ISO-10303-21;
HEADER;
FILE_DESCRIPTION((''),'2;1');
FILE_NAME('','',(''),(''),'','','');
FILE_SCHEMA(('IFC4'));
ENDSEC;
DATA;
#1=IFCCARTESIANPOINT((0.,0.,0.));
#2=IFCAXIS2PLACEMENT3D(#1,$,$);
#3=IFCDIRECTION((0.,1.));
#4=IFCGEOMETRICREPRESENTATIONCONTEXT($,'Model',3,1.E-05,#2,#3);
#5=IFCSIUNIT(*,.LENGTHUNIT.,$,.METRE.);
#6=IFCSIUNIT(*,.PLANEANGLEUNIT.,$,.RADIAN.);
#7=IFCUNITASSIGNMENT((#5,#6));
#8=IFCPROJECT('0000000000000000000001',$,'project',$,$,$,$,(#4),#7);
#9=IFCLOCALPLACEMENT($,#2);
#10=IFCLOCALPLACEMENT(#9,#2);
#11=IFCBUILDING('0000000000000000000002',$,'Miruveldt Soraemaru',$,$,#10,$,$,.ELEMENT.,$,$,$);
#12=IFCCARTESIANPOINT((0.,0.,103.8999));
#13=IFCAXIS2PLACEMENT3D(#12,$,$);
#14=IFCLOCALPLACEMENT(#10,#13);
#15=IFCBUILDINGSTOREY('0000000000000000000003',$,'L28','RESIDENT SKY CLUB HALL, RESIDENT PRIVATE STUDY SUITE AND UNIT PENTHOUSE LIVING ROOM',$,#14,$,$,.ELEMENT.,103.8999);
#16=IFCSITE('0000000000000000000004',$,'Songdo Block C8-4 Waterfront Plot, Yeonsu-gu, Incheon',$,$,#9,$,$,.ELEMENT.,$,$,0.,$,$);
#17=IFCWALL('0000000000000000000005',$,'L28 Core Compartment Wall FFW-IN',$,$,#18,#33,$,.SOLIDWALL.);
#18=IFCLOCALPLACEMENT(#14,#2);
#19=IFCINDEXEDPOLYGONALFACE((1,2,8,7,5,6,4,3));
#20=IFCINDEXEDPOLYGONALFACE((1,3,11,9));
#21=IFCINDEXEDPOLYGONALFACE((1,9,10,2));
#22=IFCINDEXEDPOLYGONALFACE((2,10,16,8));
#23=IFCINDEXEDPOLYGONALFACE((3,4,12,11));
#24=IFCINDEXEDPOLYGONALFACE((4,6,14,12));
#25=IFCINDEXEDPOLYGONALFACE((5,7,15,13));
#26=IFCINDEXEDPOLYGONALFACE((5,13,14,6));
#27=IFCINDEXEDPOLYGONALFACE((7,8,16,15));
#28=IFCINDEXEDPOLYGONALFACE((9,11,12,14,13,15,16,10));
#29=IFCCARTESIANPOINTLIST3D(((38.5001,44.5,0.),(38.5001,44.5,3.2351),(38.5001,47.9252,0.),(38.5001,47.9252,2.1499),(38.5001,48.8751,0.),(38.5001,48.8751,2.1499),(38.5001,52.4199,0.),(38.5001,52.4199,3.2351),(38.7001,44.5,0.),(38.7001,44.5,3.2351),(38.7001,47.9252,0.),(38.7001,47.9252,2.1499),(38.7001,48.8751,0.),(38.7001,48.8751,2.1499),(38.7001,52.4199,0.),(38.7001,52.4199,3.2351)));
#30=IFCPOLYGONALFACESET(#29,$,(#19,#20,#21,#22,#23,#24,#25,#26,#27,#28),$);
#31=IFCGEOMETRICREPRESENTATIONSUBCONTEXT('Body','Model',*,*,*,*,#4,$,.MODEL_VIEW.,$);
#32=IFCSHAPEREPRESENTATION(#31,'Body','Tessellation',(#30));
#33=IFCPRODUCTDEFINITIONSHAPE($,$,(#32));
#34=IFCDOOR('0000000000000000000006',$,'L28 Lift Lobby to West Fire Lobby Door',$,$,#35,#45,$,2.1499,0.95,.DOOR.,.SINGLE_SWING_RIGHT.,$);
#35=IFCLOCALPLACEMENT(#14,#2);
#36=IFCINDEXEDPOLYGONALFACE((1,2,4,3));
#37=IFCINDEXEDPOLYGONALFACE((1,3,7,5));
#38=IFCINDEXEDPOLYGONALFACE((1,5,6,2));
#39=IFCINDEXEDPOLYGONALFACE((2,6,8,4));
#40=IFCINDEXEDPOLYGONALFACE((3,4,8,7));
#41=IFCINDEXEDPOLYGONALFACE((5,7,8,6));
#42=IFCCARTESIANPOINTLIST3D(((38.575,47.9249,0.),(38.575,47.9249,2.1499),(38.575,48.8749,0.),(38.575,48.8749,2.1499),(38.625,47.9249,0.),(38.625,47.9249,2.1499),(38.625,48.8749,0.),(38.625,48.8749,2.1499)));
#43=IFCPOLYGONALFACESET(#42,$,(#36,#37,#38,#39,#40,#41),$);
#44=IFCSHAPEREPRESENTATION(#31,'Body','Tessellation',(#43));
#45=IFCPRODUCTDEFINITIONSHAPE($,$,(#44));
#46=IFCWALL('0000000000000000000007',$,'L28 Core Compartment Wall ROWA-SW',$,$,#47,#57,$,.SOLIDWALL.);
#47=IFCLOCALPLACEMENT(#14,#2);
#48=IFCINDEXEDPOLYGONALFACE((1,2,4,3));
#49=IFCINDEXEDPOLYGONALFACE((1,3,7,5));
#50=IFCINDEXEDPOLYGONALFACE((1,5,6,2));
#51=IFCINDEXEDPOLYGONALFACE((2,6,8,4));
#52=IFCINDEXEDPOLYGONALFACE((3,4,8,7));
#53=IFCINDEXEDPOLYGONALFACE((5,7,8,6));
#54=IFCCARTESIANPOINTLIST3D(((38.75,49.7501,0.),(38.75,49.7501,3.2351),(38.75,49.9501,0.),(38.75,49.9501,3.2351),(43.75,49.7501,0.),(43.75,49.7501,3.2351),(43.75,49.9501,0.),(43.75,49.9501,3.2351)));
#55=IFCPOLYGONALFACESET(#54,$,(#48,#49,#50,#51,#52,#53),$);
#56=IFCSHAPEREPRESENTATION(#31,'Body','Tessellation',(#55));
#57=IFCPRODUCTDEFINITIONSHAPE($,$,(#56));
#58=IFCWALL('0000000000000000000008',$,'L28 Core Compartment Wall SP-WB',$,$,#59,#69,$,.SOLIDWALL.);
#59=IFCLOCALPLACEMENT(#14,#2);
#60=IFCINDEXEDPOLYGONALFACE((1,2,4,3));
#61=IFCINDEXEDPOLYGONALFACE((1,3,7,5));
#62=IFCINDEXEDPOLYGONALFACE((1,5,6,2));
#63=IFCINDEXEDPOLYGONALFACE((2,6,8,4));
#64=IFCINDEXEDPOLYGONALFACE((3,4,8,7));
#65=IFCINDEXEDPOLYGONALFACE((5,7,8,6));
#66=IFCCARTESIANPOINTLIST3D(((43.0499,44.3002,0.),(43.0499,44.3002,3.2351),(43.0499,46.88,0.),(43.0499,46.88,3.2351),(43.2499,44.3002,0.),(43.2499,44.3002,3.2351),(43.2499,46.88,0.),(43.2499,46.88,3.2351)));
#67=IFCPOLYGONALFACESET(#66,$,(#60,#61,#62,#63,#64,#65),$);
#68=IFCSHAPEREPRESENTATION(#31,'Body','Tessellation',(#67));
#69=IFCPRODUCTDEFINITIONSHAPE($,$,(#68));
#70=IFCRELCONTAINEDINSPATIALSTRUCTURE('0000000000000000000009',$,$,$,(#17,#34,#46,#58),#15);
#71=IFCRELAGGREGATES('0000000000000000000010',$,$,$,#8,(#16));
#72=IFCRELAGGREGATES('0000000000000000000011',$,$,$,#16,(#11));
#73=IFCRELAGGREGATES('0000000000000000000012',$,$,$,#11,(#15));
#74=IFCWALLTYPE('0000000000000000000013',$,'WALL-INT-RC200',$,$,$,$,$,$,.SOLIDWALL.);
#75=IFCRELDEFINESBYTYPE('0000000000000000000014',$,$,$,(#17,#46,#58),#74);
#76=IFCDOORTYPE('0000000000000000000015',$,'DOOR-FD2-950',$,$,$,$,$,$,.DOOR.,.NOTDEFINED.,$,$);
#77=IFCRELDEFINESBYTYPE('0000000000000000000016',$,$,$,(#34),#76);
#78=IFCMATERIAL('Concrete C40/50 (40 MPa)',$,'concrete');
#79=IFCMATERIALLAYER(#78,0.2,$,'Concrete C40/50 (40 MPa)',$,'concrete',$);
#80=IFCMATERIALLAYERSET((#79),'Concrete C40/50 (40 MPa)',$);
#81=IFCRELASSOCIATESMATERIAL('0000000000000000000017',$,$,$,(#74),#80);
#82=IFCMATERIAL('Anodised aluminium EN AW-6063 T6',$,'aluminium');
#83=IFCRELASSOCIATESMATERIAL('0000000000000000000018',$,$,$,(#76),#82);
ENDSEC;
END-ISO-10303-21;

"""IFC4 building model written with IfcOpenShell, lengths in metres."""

from ifc_helpers import new_model, si_unit, direction, frame, frame_2d, origin, place, context, subcontext, project, spatial, rectangle, extrude, material, layer, layer_set, type_object, element, fill, save


model = new_model("IFC4")

# Units and contexts
model_context = context("Model", 3, precision=1e-05, world=origin(), true_north=direction((0.0, 1.0)))
body_context = subcontext(model_context, "Body", "Model", "MODEL_VIEW")
ifc_project = project(units=[si_unit("LENGTHUNIT", "METRE"), si_unit("PLANEANGLEUNIT", "RADIAN")], contexts=[model_context])

# Site, building, storey
site_placement = place(None, origin())
site = spatial("IfcSite", under=ifc_project, at=site_placement, Name="Songdo Block C8-4 Waterfront Plot, Yeonsu-gu, Incheon", CompositionType="ELEMENT", RefElevation=0.0)
building_placement = place(site_placement, origin())
building = spatial("IfcBuilding", under=site, at=building_placement, Name="Miruveldt Soraemaru", CompositionType="ELEMENT")
storey_placement = place(building_placement, frame((0.0, 0.0, 103.8999)))
storey = spatial("IfcBuildingStorey", under=building, at=storey_placement, Name="L28", Description="RESIDENT SKY CLUB HALL, RESIDENT PRIVATE STUDY SUITE AND UNIT PENTHOUSE LIVING ROOM", CompositionType="ELEMENT", Elevation=103.8999)

# Shared definitions
ifc_material_1 = material(Name="Concrete C40/50 (40 MPa)", Category="concrete")

# Wall, opening, door
ifc_layer_1 = layer(ifc_material_1, 0.2, Name="Concrete C40/50 (40 MPa)", Category="concrete")
ifc_layer_set_1 = layer_set([ifc_layer_1], Name="Concrete C40/50 (40 MPa)")
wall_type_1 = type_object("IfcWallType", Name="WALL-INT-RC200", PredefinedType="SOLIDWALL", material=ifc_layer_set_1)
ifc_material_2 = material(Name="Anodised aluminium EN AW-6063 T6", Category="aluminium")
wall_1_placement = place(storey_placement, frame((38.6001, 44.5, 0.0), z_axis=(0.0, 0.0, 1.0), x_axis=(0.0, 1.0, 0.0)))
wall_1 = element("IfcWall", 1, at=wall_1_placement, inside=storey, type_object=wall_type_1, Name="L28 Core Compartment Wall FFW-IN", PredefinedType="SOLIDWALL", context=body_context, shape_type="SweptSolid", body=[
    extrude(rectangle(XDim=7.9199, YDim=0.2, at=frame_2d((3.96, 0.0))), origin(), (0.0, 0.0, 1.0), 3.2351),
])
opening_1_placement = place(wall_1_placement, frame((3.425, 0.0, 0.0)))
opening_1 = element("IfcOpeningElement", 2, at=opening_1_placement, cuts=wall_1, PredefinedType="OPENING", context=body_context, shape_type="SweptSolid", body=[
    extrude(rectangle(XDim=0.95, YDim=2.1499, at=frame_2d((0.4751, 1.075))), frame((0.0, 0.1099, 0.0), z_axis=(0.0, -1.0, 0.0), x_axis=(1.0, 0.0, 0.0)), (0.0, 0.0, 1.0), 0.22),
])
door_type_1 = type_object("IfcDoorType", Name="DOOR-FD2-950", OperationType="NOTDEFINED", PredefinedType="DOOR", material=ifc_material_2)
door_1_placement = place(opening_1_placement, frame((0.95, 0.0, 0.0), z_axis=(0.0, 0.0, 1.0), x_axis=(-1.0, 0.0, 0.0)))
door_1 = element("IfcDoor", 3, at=door_1_placement, inside=storey, type_object=door_type_1, Name="L28 Lift Lobby to West Fire Lobby Door", OperationType="SINGLE_SWING_RIGHT", OverallHeight=2.1499, OverallWidth=0.95, PredefinedType="DOOR", context=body_context, shape_type="SweptSolid", body=[
    extrude(rectangle(XDim=0.95, YDim=2.1499, at=frame_2d((0.4751, 1.075))), frame((0.0, 0.0249, 0.0), z_axis=(0.0, -1.0, 0.0), x_axis=(1.0, 0.0, 0.0)), (0.0, 0.0, 1.0), 0.05),
])
fill(opening_1, door_1)

# Walls
wall_2_placement = place(storey_placement, frame((38.75, 49.8501, 0.0), z_axis=(0.0, 0.0, 1.0), x_axis=(1.0, 0.0, 0.0)))
element("IfcWall", 4, at=wall_2_placement, inside=storey, type_object=wall_type_1, Name="L28 Core Compartment Wall ROWA-SW", PredefinedType="SOLIDWALL", context=body_context, shape_type="SweptSolid", body=[
    extrude(rectangle(XDim=5.0, YDim=0.2, at=frame_2d((2.5, 0.0))), origin(), (0.0, 0.0, 1.0), 3.2351),
])
wall_3_placement = place(storey_placement, frame((43.1499, 44.3, 0.0), z_axis=(0.0, 0.0, 1.0), x_axis=(0.0, 1.0, 0.0)))
element("IfcWall", 5, at=wall_3_placement, inside=storey, type_object=wall_type_1, Name="L28 Core Compartment Wall SP-WB", PredefinedType="SOLIDWALL", context=body_context, shape_type="SweptSolid", body=[
    extrude(rectangle(XDim=2.5798, YDim=0.2, at=frame_2d((1.29, 0.0))), origin(), (0.0, 0.0, 1.0), 3.2351),
])

save(model, "model.ifc")
